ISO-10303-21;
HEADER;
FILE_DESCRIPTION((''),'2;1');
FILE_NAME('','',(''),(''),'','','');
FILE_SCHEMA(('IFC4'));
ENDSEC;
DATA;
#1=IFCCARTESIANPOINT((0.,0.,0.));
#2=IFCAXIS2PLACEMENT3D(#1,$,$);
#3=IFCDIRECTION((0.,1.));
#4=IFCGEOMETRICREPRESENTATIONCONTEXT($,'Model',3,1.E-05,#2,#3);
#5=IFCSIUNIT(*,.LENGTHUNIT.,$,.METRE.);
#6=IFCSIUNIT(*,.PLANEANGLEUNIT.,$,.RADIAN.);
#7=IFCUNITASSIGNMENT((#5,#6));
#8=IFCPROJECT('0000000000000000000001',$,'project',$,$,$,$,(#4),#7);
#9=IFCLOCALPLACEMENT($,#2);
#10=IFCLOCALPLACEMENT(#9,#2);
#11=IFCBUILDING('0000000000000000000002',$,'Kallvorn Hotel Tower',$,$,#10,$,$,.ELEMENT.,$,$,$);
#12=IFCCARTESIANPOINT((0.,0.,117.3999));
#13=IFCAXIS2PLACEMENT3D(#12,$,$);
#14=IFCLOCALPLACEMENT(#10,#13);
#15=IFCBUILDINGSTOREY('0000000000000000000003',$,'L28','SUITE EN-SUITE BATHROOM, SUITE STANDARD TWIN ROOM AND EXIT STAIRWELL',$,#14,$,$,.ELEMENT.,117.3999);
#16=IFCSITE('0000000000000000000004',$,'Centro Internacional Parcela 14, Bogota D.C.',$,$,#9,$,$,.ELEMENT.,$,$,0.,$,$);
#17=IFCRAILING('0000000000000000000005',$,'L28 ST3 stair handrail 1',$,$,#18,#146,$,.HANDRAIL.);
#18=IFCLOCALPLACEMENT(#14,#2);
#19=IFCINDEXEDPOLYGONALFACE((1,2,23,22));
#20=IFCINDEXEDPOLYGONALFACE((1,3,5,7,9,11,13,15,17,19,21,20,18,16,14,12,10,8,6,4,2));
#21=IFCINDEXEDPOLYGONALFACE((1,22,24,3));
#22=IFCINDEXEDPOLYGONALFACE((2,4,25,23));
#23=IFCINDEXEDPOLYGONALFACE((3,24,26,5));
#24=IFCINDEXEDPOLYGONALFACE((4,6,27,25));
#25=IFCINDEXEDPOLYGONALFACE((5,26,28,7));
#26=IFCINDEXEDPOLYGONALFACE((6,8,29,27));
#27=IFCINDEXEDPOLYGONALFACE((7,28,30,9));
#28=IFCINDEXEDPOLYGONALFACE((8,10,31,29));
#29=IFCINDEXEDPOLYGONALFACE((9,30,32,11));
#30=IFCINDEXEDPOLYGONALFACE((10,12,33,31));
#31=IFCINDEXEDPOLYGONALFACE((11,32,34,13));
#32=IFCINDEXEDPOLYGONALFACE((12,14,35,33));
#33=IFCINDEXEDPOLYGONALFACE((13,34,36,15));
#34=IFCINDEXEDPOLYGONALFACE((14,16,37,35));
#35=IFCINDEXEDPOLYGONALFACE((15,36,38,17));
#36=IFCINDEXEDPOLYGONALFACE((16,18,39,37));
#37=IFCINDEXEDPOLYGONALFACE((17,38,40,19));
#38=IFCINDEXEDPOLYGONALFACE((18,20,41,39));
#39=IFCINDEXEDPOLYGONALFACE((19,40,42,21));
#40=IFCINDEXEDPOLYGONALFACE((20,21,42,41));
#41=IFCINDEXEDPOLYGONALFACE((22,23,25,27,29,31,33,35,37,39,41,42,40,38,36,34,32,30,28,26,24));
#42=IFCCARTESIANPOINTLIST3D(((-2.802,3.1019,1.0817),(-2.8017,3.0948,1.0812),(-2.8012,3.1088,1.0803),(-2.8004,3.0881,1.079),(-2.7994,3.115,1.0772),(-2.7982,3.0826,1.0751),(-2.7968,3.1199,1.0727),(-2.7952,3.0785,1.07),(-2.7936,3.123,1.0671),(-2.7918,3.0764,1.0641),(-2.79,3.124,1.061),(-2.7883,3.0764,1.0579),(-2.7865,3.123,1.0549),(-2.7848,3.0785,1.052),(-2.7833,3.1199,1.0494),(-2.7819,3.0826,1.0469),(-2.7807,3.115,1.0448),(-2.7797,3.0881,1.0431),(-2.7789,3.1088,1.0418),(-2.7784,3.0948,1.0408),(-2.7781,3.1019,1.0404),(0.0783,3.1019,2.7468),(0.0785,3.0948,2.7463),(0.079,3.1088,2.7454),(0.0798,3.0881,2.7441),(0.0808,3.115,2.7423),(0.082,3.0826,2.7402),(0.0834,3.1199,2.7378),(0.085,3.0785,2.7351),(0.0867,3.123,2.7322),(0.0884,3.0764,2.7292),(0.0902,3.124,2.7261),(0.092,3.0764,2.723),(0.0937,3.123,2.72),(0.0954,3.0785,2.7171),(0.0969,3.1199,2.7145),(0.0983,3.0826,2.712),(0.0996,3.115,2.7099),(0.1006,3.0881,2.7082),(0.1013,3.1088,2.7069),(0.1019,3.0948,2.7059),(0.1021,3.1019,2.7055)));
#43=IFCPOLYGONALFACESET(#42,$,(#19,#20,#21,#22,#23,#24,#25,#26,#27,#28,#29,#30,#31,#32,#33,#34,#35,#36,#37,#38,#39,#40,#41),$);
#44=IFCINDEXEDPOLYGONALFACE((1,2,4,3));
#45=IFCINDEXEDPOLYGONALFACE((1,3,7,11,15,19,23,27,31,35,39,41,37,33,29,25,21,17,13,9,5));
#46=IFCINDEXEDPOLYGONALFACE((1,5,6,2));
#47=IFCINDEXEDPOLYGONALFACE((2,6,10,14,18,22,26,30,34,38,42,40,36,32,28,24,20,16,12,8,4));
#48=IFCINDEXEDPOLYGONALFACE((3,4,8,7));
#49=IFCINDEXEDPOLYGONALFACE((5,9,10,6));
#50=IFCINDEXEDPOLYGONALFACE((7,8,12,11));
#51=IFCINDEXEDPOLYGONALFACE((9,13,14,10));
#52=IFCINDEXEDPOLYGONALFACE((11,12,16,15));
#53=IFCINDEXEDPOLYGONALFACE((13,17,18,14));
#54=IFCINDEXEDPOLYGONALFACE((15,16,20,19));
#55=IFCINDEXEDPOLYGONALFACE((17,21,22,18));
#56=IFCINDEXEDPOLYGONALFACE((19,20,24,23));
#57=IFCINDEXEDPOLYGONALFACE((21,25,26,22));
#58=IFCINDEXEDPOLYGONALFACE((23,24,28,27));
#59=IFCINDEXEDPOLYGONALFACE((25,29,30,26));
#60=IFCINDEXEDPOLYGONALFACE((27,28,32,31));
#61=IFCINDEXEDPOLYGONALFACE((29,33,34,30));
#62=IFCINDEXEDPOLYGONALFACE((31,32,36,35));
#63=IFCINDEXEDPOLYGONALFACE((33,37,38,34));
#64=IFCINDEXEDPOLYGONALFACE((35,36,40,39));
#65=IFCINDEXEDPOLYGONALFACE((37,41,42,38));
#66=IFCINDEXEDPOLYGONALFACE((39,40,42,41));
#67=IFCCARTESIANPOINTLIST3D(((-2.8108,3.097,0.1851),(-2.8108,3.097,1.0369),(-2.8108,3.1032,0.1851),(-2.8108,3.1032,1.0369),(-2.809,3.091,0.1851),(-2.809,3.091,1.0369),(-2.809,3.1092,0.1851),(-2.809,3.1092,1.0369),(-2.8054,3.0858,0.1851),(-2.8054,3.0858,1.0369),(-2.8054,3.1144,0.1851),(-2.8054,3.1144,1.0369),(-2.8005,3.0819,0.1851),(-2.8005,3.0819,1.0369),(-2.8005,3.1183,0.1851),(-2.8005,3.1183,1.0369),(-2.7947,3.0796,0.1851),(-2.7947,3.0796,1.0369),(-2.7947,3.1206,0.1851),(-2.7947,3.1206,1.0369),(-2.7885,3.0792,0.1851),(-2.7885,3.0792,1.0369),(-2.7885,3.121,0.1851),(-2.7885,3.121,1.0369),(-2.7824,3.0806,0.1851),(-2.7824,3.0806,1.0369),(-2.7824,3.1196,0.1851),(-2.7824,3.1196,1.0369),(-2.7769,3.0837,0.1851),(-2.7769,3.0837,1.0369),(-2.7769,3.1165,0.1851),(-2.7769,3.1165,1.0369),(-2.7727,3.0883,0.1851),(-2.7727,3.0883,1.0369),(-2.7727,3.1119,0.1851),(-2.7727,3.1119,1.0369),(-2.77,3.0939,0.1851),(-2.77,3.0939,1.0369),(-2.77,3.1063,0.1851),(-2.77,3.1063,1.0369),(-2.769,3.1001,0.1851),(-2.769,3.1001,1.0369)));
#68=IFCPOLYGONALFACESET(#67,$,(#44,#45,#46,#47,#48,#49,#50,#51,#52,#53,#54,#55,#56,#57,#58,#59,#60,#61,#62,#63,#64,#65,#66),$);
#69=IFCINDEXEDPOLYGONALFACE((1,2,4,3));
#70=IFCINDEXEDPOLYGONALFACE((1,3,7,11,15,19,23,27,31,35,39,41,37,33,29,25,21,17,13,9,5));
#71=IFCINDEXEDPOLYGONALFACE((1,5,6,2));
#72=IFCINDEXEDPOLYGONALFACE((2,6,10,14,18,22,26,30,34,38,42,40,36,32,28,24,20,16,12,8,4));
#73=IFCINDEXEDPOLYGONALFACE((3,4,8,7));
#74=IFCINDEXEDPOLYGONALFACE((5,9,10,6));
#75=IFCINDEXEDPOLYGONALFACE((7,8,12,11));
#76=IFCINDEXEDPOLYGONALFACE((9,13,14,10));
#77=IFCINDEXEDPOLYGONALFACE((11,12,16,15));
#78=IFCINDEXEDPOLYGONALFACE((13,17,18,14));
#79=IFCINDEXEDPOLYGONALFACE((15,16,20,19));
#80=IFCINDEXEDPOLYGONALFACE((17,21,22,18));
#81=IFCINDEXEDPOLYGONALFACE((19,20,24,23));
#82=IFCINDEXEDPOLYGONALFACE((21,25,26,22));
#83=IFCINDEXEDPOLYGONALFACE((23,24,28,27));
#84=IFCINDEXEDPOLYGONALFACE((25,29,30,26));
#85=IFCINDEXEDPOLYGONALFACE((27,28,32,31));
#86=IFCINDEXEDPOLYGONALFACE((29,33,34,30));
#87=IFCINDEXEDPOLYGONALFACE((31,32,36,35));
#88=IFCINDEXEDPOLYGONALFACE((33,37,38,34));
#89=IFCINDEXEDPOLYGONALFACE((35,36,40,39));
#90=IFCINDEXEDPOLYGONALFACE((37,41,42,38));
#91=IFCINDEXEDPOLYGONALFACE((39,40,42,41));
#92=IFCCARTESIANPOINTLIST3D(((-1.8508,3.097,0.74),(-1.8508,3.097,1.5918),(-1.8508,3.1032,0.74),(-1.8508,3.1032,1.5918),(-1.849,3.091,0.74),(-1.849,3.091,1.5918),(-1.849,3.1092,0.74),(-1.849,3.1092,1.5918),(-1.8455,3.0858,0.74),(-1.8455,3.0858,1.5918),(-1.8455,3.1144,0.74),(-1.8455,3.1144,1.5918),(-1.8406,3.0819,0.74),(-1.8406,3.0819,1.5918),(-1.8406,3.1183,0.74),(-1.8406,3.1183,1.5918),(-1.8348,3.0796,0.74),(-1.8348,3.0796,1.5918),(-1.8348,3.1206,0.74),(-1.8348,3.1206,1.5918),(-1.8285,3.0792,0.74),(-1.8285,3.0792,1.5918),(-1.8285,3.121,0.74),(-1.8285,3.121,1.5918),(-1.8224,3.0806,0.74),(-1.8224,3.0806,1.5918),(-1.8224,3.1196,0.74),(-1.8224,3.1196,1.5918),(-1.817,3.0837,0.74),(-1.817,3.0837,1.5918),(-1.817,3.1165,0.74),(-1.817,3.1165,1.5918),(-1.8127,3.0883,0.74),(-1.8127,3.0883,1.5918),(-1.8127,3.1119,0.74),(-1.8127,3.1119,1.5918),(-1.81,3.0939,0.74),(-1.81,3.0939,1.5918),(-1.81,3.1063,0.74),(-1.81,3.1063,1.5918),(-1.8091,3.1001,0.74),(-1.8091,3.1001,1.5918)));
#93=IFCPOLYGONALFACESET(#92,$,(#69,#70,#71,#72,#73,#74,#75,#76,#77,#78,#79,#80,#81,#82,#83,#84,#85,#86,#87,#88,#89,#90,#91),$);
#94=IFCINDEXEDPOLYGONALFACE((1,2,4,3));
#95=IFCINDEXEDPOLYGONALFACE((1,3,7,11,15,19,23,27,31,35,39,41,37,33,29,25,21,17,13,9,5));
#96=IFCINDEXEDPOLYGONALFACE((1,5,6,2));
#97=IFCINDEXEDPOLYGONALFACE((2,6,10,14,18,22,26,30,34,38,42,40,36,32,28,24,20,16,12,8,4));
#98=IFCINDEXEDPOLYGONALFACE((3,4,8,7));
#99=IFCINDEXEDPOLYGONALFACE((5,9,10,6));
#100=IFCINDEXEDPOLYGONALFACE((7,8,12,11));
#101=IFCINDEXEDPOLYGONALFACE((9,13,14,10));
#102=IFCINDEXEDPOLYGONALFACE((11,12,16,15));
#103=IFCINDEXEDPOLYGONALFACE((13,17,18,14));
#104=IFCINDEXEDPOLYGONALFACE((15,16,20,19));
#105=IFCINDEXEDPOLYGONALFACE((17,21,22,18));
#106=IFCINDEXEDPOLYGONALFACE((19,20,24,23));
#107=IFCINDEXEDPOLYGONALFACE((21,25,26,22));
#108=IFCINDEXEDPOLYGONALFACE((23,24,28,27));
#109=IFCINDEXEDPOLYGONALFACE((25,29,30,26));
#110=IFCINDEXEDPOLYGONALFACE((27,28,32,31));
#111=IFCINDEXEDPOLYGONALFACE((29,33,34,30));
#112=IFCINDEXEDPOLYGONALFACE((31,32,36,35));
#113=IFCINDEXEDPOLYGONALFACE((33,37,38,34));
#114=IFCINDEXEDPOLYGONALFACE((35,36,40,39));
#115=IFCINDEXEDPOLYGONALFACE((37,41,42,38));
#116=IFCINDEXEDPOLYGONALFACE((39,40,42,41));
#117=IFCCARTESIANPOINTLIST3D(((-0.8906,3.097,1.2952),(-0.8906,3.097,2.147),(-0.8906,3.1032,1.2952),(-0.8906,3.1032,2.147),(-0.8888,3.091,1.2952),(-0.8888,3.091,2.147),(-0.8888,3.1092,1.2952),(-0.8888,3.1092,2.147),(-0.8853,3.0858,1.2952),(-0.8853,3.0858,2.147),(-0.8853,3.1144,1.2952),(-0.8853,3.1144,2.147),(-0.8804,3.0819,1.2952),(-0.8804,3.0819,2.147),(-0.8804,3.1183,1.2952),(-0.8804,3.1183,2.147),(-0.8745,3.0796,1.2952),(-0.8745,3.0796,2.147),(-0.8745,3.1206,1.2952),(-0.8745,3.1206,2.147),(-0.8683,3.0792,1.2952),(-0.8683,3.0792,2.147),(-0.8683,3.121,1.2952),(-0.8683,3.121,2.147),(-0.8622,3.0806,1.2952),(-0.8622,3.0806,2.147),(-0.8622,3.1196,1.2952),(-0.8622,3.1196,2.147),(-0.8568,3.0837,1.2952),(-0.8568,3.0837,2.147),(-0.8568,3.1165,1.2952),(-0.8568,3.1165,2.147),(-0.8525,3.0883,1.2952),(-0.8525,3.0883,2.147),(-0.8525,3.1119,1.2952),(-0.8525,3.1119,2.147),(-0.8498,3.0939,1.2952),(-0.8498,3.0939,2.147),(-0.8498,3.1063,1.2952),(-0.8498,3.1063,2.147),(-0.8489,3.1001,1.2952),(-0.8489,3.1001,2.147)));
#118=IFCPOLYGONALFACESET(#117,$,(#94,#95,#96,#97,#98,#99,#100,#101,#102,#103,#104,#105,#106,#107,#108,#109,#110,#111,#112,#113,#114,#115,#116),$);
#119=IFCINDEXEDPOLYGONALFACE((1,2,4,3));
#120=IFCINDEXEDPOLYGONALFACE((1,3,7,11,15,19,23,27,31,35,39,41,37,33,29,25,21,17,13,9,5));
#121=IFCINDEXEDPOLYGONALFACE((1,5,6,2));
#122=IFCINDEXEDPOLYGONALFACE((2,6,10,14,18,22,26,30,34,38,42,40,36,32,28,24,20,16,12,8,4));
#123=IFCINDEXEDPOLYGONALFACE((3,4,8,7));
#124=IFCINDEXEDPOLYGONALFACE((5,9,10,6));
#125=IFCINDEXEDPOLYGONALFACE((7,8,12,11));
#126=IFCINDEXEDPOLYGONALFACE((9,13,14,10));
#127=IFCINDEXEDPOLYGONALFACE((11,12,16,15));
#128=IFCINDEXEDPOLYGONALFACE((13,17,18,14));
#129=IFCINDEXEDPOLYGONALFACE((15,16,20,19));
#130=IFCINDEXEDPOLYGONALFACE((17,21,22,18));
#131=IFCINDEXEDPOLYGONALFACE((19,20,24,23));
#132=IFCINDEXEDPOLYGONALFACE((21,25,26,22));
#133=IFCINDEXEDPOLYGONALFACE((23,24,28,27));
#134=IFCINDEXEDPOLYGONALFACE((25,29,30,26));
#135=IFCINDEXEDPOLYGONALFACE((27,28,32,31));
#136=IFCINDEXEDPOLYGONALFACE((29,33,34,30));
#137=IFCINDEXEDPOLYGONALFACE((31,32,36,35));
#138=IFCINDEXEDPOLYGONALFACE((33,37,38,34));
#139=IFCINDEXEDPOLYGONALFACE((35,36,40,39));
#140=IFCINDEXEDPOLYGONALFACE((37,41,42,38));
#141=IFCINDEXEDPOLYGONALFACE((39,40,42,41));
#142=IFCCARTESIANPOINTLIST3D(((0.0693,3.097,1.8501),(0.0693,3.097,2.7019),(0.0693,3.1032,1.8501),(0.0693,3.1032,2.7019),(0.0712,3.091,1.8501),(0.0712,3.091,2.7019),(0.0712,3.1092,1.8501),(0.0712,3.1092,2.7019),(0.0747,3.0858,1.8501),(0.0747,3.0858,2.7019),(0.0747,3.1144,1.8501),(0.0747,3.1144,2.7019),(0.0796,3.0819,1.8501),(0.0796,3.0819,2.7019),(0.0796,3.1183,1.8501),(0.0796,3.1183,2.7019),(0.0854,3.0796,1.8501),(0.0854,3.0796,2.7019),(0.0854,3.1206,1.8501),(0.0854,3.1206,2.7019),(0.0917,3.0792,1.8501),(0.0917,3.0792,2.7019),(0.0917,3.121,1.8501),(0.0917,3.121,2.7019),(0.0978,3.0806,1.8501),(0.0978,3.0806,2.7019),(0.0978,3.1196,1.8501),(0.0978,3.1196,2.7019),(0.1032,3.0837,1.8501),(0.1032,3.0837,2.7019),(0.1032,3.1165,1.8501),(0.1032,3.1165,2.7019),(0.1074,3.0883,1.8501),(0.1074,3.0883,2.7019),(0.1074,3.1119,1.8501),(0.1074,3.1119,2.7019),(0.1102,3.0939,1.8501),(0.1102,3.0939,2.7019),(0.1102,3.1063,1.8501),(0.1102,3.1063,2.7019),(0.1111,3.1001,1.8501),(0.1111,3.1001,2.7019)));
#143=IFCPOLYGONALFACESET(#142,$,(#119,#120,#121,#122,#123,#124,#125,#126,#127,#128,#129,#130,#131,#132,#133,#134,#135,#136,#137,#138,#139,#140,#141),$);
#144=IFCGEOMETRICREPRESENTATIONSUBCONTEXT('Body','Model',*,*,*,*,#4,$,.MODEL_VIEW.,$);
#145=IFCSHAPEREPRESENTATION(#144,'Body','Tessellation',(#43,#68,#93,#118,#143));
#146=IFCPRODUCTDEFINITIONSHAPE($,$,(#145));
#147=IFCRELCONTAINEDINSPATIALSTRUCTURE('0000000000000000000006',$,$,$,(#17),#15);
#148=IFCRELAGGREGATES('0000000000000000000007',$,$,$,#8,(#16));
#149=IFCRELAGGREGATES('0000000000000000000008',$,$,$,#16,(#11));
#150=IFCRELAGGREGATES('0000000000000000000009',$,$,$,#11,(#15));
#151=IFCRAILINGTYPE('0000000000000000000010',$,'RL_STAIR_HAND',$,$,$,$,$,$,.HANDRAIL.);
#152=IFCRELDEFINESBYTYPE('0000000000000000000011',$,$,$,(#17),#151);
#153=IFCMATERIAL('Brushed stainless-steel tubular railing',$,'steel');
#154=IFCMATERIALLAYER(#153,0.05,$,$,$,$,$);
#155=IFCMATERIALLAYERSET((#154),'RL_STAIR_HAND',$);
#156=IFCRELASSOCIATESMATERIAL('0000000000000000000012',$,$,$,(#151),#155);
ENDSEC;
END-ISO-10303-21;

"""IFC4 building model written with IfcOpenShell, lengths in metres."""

from ifc_helpers import new_model, si_unit, direction, frame, origin, origin_2d, place, context, subcontext, project, spatial, circle, extrude, material, layer, layer_set, type_object, element, save


model = new_model("IFC4")

# Units and contexts
model_context = context("Model", 3, precision=1e-05, world=origin(), true_north=direction((0.0, 1.0)))
body_context = subcontext(model_context, "Body", "Model", "MODEL_VIEW")
ifc_project = project(units=[si_unit("LENGTHUNIT", "METRE"), si_unit("PLANEANGLEUNIT", "RADIAN")], contexts=[model_context])

# Site, building, storey
site_placement = place(None, origin())
site = spatial("IfcSite", under=ifc_project, at=site_placement, Name="Centro Internacional Parcela 14, Bogota D.C.", CompositionType="ELEMENT", RefElevation=0.0)
building_placement = place(site_placement, origin())
building = spatial("IfcBuilding", under=site, at=building_placement, Name="Kallvorn Hotel Tower", CompositionType="ELEMENT")
storey_placement = place(building_placement, frame((0.0, 0.0, 117.3999)))
storey = spatial("IfcBuildingStorey", under=building, at=storey_placement, Name="L28", Description="SUITE EN-SUITE BATHROOM, SUITE STANDARD TWIN ROOM AND EXIT STAIRWELL", CompositionType="ELEMENT", Elevation=117.3999)

# Railing
ifc_material_1 = material(Name="Brushed stainless-steel tubular railing", Category="steel")
ifc_layer_1 = layer(ifc_material_1, 0.05)
ifc_layer_set_1 = layer_set([ifc_layer_1], Name="RL_STAIR_HAND")
railing_type_1 = type_object("IfcRailingType", Name="RL_STAIR_HAND", PredefinedType="HANDRAIL", material=ifc_layer_set_1)
railing_1_placement = place(storey_placement, frame((-2.79, 3.1001, 0.1851)))
element("IfcRailing", 1, at=railing_1_placement, inside=storey, type_object=railing_type_1, Name="L28 ST3 stair handrail 1", PredefinedType="HANDRAIL", context=body_context, shape_type="SweptSolid", body=[
    extrude(circle(Radius=0.0239, at=origin_2d()), frame((0.0, 0.0, 0.876), z_axis=(0.865739, 0.0, 0.500495), x_axis=(0.0, 1.0, 0.0)), (0.0, 0.0, 1.0), 3.3269),
    extrude(circle(Radius=0.021, at=origin_2d()), origin(), (0.0, 0.0, 1.0), 0.8518),
    extrude(circle(Radius=0.021, at=origin_2d()), frame((0.96, 0.0, 0.5549)), (0.0, 0.0, 1.0), 0.8518),
    extrude(circle(Radius=0.021, at=origin_2d()), frame((1.9202, 0.0, 1.1101)), (0.0, 0.0, 1.0), 0.8518),
    extrude(circle(Radius=0.021, at=origin_2d()), frame((2.8801, 0.0, 1.665)), (0.0, 0.0, 1.0), 0.8518),
])

save(model, "model.ifc")
